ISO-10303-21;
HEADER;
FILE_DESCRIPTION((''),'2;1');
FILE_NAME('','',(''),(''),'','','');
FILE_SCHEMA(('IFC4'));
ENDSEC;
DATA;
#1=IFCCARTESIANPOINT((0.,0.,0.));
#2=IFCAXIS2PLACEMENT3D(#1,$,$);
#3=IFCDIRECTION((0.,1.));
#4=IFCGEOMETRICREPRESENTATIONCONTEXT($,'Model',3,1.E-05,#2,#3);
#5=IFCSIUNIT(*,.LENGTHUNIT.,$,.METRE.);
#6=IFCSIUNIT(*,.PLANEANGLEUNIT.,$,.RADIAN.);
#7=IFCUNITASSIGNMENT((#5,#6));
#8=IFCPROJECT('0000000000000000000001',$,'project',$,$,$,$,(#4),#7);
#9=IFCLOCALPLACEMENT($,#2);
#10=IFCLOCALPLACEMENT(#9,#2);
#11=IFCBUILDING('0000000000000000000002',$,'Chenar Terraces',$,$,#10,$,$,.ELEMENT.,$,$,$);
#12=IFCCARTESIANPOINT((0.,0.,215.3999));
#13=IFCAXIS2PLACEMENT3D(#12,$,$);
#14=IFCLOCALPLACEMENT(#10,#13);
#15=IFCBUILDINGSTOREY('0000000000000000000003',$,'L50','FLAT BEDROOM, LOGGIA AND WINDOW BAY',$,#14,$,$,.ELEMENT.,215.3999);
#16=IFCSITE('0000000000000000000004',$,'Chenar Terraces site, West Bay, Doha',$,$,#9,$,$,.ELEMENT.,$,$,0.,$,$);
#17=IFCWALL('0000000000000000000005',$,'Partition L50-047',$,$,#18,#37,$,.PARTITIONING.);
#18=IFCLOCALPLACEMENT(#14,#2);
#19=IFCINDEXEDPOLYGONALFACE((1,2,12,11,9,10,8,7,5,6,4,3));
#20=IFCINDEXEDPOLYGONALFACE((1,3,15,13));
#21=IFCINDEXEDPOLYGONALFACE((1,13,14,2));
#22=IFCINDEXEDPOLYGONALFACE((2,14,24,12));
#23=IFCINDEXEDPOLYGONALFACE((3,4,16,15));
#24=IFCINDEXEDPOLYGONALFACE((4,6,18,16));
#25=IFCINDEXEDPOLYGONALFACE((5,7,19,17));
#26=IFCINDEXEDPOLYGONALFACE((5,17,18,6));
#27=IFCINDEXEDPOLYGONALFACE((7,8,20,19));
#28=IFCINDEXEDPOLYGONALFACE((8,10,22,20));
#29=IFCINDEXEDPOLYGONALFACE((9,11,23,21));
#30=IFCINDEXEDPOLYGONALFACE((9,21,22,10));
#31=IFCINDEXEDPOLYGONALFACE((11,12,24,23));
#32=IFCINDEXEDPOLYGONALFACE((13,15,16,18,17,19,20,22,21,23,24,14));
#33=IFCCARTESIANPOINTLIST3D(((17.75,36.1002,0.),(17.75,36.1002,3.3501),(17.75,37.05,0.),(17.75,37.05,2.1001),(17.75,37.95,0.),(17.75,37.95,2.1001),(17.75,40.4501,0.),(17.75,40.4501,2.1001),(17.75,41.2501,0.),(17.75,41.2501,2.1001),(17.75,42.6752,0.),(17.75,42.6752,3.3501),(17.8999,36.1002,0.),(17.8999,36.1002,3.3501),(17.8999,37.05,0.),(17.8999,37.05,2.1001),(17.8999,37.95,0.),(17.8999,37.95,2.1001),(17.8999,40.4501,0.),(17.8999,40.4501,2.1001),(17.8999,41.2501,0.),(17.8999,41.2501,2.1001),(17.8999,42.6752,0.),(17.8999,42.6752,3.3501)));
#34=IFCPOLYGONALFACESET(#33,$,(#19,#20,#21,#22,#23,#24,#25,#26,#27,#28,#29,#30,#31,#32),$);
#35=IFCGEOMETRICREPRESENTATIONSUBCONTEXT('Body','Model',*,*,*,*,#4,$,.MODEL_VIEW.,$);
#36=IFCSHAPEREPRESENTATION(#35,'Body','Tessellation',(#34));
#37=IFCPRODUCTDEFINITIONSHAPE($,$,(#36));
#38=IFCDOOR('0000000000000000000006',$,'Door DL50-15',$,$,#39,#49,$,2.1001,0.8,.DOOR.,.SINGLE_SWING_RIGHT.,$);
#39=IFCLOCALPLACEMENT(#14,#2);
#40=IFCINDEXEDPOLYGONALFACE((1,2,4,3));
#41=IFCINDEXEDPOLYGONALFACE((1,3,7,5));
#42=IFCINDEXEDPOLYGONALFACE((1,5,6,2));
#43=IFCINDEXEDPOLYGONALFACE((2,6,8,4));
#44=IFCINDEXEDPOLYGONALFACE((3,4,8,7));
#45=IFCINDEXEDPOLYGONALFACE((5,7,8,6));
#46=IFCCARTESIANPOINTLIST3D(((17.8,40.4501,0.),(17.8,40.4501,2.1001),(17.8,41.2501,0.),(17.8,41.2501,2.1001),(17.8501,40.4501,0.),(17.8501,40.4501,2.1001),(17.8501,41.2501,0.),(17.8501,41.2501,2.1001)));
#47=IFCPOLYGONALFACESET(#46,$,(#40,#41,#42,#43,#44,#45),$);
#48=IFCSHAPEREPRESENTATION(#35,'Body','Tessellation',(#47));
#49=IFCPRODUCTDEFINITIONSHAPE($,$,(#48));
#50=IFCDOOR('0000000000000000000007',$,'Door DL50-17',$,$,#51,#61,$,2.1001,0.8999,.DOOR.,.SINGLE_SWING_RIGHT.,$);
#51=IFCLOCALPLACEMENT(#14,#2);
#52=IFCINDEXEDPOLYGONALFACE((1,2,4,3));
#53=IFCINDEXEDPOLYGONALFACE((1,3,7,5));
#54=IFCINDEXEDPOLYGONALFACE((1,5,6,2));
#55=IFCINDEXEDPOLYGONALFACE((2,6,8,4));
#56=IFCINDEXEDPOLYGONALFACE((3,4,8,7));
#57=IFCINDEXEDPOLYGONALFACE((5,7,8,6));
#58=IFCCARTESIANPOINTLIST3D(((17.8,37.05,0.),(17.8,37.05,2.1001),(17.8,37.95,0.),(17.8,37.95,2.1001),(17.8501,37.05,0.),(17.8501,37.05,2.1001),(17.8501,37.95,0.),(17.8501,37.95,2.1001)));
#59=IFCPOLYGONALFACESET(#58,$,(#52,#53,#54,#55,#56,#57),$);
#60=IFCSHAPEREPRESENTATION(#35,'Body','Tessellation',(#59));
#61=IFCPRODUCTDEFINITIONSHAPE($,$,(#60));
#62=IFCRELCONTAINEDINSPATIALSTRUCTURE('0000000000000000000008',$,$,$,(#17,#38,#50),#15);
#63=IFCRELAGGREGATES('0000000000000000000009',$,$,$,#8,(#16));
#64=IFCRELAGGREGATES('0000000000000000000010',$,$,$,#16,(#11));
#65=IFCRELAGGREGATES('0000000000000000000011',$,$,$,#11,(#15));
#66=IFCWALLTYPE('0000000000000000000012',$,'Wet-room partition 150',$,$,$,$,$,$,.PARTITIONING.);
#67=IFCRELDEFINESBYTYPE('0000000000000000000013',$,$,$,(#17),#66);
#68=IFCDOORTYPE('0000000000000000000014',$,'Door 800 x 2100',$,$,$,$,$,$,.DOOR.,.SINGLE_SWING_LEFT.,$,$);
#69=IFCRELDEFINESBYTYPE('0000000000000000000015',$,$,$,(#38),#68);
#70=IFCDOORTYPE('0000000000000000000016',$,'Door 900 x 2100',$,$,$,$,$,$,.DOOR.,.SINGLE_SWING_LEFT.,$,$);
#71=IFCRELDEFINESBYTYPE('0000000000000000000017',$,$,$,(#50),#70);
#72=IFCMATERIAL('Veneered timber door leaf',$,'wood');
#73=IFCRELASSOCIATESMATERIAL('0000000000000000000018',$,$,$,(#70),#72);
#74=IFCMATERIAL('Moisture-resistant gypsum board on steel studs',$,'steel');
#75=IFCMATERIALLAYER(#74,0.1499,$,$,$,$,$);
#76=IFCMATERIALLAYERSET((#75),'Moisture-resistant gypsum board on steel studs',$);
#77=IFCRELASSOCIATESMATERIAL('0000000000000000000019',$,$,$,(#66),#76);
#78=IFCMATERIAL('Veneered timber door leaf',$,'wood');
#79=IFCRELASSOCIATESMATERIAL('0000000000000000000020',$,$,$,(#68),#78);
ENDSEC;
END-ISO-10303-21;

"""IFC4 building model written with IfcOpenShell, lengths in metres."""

from ifc_helpers import new_model, si_unit, direction, frame, frame_2d, origin, place, context, subcontext, project, spatial, rectangle, extrude, material, layer, layer_set, type_object, element, fill, save


model = new_model("IFC4")

# Units and contexts
model_context = context("Model", 3, precision=1e-05, world=origin(), true_north=direction((0.0, 1.0)))
body_context = subcontext(model_context, "Body", "Model", "MODEL_VIEW")
ifc_project = project(units=[si_unit("LENGTHUNIT", "METRE"), si_unit("PLANEANGLEUNIT", "RADIAN")], contexts=[model_context])

# Site, building, storey
site_placement = place(None, origin())
site = spatial("IfcSite", under=ifc_project, at=site_placement, Name="Chenar Terraces site, West Bay, Doha", CompositionType="ELEMENT", RefElevation=0.0)
building_placement = place(site_placement, origin())
building = spatial("IfcBuilding", under=site, at=building_placement, Name="Chenar Terraces", CompositionType="ELEMENT")
storey_placement = place(building_placement, frame((0.0, 0.0, 215.3999)))
storey = spatial("IfcBuildingStorey", under=building, at=storey_placement, Name="L50", Description="FLAT BEDROOM, LOGGIA AND WINDOW BAY", CompositionType="ELEMENT", Elevation=215.3999)

# Shared definitions
ifc_material_1 = material(Name="Veneered timber door leaf", Category="wood")
door_type_1 = type_object("IfcDoorType", Name="Door 900 x 2100", OperationType="SINGLE_SWING_LEFT", PredefinedType="DOOR", material=ifc_material_1)

# Shared definitions
ifc_material_2 = material(Name="Moisture-resistant gypsum board on steel studs", Category="steel")
ifc_layer_1 = layer(ifc_material_2, 0.1499)
ifc_layer_set_1 = layer_set([ifc_layer_1], Name="Moisture-resistant gypsum board on steel studs")
wall_type_1 = type_object("IfcWallType", Name="Wet-room partition 150", PredefinedType="PARTITIONING", material=ifc_layer_set_1)

# Wall, openings, doors
wall_1_placement = place(storey_placement, frame((17.825, 36.1001, 0.0), z_axis=(0.0, 0.0, 1.0), x_axis=(0.0, 1.0, 0.0)))
wall_1 = element("IfcWall", 1, at=wall_1_placement, inside=storey, type_object=wall_type_1, Name="Partition L50-047", PredefinedType="PARTITIONING", context=body_context, shape_type="SweptSolid", body=[
    extrude(rectangle(XDim=6.575, YDim=0.1499, at=frame_2d((3.2876, 0.0))), origin(), (0.0, 0.0, 1.0), 3.3501),
])
opening_1_placement = place(wall_1_placement, frame((4.3501, 0.0, 0.0)))
opening_1 = element("IfcOpeningElement", 2, at=opening_1_placement, cuts=wall_1, PredefinedType="OPENING", context=body_context, shape_type="SweptSolid", body=[
    extrude(rectangle(XDim=0.8, YDim=2.1001, at=frame_2d((0.3999, 1.05))), frame((0.0, 0.085, 0.0), z_axis=(0.0, -1.0, 0.0), x_axis=(1.0, 0.0, 0.0)), (0.0, 0.0, 1.0), 0.1699),
])
opening_2_placement = place(wall_1_placement, frame((0.95, 0.0, 0.0)))
opening_2 = element("IfcOpeningElement", 3, at=opening_2_placement, cuts=wall_1, PredefinedType="OPENING", context=body_context, shape_type="SweptSolid", body=[
    extrude(rectangle(XDim=0.8999, YDim=2.1001, at=frame_2d((0.45, 1.05))), frame((0.0, 0.085, 0.0), z_axis=(0.0, -1.0, 0.0), x_axis=(1.0, 0.0, 0.0)), (0.0, 0.0, 1.0), 0.1699),
])
ifc_material_3 = material(Name="Veneered timber door leaf", Category="wood")
door_type_2 = type_object("IfcDoorType", Name="Door 800 x 2100", OperationType="SINGLE_SWING_LEFT", PredefinedType="DOOR", material=ifc_material_3)
door_1_placement = place(opening_1_placement, origin())
door_1 = element("IfcDoor", 4, at=door_1_placement, inside=storey, type_object=door_type_2, Name="Door DL50-15", OperationType="SINGLE_SWING_RIGHT", OverallHeight=2.1001, OverallWidth=0.8, PredefinedType="DOOR", context=body_context, shape_type="SweptSolid", body=[
    extrude(rectangle(XDim=0.8, YDim=2.1001, at=frame_2d((0.3999, 1.05))), frame((0.0, 0.0249, 0.0), z_axis=(0.0, -1.0, 0.0), x_axis=(1.0, 0.0, 0.0)), (0.0, 0.0, 1.0), 0.05),
])
fill(opening_1, door_1)
door_2_placement = place(opening_2_placement, origin())
door_2 = element("IfcDoor", 5, at=door_2_placement, inside=storey, type_object=door_type_1, Name="Door DL50-17", OperationType="SINGLE_SWING_RIGHT", OverallHeight=2.1001, OverallWidth=0.8999, PredefinedType="DOOR", context=body_context, shape_type="SweptSolid", body=[
    extrude(rectangle(XDim=0.8999, YDim=2.1001, at=frame_2d((0.45, 1.05))), frame((0.0, 0.0249, 0.0), z_axis=(0.0, -1.0, 0.0), x_axis=(1.0, 0.0, 0.0)), (0.0, 0.0, 1.0), 0.05),
])
fill(opening_2, door_2)

save(model, "model.ifc")
